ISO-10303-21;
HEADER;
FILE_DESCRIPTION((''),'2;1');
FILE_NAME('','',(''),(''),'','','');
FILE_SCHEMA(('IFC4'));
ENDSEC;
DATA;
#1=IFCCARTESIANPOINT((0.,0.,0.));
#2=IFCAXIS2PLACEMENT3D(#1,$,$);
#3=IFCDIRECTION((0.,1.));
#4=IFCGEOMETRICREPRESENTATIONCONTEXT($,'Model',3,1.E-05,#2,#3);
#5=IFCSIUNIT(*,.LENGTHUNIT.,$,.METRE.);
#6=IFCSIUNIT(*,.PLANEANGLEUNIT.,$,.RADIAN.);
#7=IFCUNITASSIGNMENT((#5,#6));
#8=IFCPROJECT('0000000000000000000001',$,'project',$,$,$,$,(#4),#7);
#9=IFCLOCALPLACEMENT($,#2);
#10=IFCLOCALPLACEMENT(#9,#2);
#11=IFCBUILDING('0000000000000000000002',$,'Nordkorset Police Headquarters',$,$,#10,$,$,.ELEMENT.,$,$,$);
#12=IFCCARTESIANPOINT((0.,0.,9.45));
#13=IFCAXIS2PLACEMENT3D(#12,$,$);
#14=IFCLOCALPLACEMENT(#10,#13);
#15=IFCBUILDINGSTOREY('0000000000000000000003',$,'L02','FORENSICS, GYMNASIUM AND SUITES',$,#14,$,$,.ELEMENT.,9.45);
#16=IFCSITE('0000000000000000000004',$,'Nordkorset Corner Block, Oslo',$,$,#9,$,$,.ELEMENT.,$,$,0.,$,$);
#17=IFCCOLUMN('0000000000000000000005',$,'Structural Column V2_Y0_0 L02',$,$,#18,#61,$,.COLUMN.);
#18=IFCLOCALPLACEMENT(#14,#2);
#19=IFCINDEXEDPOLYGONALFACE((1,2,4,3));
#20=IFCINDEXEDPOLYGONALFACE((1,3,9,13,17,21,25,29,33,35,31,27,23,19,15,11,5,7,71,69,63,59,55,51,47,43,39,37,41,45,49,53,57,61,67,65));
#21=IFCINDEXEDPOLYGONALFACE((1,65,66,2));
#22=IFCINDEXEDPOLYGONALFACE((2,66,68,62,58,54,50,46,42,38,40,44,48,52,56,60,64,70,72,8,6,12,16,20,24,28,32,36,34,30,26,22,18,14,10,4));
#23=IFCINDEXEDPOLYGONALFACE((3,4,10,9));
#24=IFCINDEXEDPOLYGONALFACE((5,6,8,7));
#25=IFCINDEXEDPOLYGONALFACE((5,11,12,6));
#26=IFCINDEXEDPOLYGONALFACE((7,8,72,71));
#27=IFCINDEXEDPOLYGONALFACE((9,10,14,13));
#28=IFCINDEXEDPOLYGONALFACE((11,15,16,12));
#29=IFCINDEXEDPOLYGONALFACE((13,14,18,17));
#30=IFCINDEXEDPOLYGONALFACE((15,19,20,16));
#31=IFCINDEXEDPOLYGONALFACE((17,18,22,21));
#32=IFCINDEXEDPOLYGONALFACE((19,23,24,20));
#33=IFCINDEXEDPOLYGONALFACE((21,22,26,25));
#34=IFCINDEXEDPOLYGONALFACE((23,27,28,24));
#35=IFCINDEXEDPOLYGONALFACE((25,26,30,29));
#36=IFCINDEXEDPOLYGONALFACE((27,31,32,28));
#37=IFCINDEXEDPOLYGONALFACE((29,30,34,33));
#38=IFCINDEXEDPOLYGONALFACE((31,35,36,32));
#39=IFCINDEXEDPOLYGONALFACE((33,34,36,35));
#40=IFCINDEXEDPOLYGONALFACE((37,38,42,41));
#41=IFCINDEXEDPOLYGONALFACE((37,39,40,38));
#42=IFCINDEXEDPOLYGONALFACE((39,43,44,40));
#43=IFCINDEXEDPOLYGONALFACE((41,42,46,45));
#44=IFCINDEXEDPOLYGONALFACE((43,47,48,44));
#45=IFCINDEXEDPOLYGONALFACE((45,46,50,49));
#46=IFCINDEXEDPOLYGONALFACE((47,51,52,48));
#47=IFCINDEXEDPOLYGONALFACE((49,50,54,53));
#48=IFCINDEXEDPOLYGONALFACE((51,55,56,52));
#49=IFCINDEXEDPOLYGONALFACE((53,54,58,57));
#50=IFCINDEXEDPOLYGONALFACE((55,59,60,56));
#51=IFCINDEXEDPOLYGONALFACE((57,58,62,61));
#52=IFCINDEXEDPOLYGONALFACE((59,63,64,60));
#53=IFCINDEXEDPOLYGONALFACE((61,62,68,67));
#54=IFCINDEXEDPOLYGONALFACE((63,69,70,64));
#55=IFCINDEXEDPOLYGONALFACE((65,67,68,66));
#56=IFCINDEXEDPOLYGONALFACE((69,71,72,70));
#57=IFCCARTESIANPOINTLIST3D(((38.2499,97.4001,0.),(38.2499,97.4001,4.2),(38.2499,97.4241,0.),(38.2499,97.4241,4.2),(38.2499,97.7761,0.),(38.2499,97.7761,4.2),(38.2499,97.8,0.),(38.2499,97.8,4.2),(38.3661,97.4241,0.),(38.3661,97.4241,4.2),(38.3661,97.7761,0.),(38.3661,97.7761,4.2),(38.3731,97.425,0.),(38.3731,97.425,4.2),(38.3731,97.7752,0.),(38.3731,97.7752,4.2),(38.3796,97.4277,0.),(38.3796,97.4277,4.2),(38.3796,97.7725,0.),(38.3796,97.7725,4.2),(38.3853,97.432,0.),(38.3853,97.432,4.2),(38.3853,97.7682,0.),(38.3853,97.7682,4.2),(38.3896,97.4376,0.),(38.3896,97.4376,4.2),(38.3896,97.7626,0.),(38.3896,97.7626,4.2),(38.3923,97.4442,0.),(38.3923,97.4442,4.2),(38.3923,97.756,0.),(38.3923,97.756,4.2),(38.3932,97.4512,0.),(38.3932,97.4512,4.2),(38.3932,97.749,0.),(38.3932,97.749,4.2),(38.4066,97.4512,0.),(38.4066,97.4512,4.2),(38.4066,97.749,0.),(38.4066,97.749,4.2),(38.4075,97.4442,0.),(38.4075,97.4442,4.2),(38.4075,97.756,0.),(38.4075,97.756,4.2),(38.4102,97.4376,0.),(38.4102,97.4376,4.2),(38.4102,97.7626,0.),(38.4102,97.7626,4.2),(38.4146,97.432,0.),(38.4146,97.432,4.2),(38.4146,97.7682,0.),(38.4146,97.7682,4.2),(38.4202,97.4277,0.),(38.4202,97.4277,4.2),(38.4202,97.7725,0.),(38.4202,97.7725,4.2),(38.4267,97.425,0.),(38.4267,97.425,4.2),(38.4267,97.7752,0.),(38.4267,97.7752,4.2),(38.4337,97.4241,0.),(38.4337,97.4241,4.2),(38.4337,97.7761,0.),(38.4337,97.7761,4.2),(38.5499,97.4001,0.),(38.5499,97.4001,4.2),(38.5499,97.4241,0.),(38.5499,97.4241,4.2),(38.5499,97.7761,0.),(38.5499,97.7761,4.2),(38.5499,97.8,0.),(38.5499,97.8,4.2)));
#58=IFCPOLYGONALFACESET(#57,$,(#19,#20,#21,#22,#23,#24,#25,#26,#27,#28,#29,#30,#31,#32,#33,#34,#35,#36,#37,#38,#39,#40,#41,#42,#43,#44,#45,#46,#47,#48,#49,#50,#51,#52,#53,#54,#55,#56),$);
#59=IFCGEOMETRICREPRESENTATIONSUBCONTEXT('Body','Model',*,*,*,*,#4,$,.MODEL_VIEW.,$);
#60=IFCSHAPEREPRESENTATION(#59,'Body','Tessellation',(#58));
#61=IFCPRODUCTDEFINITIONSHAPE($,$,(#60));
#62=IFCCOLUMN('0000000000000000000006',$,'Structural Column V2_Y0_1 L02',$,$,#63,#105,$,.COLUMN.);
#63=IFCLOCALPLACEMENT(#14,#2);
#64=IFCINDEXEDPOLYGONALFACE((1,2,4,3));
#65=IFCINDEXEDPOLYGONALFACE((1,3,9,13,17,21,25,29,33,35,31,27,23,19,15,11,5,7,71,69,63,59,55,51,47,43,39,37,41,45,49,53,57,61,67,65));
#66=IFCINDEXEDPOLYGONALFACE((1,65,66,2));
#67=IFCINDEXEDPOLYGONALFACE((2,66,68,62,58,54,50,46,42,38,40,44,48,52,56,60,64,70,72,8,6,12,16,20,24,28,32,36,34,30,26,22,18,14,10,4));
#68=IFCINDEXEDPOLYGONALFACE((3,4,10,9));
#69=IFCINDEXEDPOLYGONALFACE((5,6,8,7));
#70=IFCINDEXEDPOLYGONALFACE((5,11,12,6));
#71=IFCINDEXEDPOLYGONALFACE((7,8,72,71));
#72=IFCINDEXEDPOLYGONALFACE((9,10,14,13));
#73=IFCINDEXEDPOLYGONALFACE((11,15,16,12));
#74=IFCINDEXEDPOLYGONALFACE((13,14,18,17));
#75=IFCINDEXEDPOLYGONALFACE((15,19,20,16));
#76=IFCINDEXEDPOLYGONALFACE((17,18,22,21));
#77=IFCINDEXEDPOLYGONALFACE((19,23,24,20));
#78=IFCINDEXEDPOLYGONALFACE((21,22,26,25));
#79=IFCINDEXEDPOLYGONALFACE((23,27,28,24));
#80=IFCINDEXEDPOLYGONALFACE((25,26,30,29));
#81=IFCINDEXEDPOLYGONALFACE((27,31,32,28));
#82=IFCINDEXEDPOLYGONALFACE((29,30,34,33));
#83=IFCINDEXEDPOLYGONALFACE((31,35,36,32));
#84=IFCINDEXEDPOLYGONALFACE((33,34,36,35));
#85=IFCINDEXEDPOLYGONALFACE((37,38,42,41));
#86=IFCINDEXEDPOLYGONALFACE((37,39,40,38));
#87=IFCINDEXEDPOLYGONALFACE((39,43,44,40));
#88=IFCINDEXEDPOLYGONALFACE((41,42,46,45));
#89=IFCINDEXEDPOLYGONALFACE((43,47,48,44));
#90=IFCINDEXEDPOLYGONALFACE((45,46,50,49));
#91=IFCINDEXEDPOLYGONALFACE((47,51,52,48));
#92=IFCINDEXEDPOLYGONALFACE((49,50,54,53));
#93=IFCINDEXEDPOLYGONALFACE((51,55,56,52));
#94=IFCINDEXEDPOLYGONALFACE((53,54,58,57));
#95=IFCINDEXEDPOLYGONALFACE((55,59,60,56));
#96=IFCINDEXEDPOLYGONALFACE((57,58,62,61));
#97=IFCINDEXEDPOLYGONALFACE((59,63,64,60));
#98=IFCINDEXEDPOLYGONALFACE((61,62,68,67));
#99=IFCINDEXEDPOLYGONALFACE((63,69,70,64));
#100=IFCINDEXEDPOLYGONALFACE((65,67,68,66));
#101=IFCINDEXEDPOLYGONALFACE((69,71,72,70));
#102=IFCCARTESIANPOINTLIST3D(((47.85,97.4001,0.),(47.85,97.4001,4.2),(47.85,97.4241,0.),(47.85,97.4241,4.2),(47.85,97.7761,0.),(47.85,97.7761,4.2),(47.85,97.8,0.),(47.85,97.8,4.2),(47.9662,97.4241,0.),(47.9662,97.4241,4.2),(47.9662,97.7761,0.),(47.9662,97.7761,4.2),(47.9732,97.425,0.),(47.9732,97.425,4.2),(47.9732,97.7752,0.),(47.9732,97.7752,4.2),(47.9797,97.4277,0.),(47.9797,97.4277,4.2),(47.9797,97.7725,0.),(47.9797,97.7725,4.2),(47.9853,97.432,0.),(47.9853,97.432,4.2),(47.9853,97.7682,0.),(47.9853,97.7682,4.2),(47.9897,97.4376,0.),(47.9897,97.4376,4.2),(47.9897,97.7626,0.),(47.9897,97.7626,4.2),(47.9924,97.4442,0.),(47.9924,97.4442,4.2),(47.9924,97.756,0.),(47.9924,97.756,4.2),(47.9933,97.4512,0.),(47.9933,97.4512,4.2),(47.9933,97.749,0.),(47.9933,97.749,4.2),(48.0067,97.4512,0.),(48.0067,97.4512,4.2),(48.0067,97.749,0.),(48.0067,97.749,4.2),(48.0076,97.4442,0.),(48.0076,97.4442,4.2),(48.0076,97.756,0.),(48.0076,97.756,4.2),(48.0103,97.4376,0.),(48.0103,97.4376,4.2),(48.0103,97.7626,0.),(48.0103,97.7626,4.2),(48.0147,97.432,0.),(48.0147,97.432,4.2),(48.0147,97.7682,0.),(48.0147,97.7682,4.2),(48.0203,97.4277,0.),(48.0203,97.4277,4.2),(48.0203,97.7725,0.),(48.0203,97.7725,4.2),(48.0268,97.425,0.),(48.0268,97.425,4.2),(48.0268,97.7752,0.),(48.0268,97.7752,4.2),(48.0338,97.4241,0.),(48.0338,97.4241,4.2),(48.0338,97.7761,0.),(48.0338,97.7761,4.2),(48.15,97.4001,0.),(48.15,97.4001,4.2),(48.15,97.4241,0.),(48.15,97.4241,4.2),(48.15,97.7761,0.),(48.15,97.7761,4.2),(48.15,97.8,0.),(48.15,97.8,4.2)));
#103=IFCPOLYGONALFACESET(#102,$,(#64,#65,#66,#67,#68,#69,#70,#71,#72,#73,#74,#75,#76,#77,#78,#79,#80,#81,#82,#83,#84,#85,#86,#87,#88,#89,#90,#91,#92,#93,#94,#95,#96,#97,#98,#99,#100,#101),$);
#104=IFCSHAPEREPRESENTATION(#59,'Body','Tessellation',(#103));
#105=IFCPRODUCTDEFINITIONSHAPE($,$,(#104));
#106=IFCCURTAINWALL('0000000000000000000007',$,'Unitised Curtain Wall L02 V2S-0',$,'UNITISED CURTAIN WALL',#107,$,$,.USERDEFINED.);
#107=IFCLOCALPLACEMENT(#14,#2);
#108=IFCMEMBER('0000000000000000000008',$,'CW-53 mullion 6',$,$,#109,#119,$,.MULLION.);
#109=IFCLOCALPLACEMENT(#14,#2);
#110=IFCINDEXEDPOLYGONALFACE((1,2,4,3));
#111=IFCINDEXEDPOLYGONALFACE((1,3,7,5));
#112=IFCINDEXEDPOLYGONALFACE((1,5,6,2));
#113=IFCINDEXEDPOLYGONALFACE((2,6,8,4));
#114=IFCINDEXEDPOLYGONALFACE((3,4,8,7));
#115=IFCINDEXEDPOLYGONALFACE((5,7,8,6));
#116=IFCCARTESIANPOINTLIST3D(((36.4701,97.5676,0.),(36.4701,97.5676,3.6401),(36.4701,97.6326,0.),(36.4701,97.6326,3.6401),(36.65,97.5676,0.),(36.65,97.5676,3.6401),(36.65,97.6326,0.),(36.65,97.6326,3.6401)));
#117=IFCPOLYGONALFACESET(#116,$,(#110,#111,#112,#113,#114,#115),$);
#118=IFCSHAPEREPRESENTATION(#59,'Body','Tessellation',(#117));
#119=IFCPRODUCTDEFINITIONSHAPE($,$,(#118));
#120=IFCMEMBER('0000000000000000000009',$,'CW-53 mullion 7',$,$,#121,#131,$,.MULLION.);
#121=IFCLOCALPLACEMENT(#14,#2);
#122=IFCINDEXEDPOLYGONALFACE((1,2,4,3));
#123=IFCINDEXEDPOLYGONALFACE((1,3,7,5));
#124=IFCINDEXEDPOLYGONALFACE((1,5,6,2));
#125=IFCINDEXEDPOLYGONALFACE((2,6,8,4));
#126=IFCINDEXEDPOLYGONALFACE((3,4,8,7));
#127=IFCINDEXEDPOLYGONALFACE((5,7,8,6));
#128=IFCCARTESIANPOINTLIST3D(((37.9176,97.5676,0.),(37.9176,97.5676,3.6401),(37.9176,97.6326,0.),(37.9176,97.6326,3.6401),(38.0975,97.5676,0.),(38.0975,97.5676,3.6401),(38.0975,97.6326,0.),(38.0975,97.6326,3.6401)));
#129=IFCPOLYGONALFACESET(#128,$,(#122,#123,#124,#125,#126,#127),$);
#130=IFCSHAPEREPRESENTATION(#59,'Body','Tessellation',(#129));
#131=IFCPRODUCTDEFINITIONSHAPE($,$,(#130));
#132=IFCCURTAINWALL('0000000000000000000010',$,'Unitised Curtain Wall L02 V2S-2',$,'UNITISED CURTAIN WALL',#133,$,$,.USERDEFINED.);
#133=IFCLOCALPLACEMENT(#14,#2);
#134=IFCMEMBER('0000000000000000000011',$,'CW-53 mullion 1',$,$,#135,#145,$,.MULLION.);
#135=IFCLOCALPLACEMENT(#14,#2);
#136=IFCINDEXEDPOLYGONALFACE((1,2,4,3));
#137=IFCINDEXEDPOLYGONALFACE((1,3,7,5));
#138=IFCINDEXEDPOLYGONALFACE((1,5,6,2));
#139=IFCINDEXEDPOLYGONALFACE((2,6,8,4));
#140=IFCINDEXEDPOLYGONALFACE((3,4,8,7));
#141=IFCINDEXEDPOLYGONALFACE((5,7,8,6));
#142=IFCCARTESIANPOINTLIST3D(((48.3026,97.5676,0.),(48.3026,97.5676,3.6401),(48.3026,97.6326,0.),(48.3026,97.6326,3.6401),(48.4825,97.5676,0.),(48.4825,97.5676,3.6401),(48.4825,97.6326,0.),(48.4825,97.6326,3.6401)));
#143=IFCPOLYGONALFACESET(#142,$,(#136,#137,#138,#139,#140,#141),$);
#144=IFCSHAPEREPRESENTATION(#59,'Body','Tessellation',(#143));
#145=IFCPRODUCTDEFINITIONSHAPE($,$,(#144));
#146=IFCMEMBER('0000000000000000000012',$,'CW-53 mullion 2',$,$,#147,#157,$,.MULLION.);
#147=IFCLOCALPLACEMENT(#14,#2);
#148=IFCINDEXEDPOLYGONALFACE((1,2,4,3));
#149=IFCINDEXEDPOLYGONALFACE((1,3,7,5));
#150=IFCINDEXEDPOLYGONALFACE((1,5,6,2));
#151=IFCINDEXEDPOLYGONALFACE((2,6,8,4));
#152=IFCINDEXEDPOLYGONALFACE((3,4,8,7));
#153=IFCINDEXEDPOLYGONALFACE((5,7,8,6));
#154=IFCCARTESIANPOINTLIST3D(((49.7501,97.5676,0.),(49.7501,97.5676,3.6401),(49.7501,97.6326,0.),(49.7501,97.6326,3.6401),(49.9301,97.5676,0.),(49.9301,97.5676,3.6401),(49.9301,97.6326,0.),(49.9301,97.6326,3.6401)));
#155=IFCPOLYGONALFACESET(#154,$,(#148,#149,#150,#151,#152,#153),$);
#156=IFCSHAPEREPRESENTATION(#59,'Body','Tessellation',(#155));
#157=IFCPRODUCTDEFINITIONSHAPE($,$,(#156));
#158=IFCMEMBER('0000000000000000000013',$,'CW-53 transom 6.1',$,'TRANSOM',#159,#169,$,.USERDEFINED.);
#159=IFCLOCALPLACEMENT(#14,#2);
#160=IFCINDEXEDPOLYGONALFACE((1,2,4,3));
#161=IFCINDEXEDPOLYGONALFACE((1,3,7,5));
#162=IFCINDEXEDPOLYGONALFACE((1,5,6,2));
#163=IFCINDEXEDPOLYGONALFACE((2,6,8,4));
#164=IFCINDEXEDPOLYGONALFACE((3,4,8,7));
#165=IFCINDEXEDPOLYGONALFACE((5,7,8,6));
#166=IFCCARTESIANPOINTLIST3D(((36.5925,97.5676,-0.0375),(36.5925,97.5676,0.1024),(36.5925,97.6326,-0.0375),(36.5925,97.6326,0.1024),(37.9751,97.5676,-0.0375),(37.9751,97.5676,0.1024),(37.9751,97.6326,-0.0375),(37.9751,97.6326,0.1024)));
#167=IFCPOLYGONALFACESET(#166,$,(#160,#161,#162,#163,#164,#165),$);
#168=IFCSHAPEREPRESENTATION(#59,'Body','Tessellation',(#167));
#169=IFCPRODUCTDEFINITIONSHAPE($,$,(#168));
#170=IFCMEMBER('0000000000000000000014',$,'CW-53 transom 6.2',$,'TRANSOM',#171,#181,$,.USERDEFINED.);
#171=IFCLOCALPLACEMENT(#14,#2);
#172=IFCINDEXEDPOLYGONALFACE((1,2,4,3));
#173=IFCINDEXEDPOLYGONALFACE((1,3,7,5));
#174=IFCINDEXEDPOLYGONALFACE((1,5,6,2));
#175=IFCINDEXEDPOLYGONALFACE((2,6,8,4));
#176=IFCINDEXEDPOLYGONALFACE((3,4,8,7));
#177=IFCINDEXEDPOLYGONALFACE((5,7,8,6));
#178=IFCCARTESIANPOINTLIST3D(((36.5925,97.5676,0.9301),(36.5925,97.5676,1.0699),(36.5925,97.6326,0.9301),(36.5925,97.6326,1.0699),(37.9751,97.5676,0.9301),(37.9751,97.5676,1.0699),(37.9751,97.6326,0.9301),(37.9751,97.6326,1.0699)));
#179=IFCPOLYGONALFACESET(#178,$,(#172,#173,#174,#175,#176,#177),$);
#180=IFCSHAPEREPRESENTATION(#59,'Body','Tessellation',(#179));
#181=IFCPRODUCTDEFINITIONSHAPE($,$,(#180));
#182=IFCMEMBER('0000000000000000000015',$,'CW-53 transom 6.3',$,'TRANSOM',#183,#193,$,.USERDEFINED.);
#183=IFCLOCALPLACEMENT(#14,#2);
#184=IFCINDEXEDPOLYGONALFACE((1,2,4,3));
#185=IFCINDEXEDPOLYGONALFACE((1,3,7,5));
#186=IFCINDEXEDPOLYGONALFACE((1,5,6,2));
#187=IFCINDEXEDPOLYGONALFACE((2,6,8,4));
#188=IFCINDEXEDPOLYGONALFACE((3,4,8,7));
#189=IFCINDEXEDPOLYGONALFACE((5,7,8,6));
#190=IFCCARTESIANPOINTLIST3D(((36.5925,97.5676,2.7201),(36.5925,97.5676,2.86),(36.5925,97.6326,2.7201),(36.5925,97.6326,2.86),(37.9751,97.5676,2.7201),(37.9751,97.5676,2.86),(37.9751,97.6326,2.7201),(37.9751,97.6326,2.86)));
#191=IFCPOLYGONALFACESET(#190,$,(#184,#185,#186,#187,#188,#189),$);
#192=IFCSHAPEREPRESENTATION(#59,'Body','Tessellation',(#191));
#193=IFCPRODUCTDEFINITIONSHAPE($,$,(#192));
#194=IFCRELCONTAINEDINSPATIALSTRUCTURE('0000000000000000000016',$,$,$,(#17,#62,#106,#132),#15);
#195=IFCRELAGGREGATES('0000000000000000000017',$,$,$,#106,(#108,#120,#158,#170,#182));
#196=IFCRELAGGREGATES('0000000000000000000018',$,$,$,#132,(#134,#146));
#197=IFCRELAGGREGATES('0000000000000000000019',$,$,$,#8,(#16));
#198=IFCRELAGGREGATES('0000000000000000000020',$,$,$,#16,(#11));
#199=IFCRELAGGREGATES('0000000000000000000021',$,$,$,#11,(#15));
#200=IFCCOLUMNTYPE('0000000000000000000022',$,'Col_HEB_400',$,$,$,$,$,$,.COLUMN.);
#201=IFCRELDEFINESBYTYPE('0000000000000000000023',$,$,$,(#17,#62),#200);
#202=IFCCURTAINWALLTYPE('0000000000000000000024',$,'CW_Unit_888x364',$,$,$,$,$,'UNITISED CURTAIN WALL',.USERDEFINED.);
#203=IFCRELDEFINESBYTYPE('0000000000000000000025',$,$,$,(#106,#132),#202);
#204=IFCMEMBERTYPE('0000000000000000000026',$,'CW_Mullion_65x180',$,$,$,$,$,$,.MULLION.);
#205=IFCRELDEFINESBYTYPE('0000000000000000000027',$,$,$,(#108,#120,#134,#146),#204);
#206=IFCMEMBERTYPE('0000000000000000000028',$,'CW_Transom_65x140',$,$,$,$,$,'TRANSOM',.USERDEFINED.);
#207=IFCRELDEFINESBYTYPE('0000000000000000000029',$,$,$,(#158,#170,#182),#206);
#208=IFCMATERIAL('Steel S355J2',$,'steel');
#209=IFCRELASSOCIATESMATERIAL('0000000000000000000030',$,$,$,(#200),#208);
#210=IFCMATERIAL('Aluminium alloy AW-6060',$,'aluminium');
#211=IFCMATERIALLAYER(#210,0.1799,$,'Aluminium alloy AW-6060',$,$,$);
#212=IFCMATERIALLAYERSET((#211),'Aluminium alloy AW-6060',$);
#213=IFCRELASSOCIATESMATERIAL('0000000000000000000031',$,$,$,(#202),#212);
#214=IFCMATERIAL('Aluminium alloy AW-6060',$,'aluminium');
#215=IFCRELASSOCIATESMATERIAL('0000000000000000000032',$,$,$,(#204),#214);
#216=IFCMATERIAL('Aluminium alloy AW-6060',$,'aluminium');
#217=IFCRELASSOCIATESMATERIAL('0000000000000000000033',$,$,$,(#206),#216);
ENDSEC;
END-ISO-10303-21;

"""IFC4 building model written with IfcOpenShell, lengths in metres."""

from ifc_helpers import new_model, si_unit, direction, frame, origin, origin_2d, place, context, subcontext, project, spatial, rectangle, i_section, extrude, material, layer, layer_set, material_profile, profile_set, type_object, element, aggregate, save


model = new_model("IFC4")

# Units and contexts
model_context = context("Model", 3, precision=1e-05, world=origin(), true_north=direction((0.0, 1.0)))
body_context = subcontext(model_context, "Body", "Model", "MODEL_VIEW")
ifc_project = project(units=[si_unit("LENGTHUNIT", "METRE"), si_unit("PLANEANGLEUNIT", "RADIAN")], contexts=[model_context])

# Site, building, storey
site_placement = place(None, origin())
site = spatial("IfcSite", under=ifc_project, at=site_placement, Name="Nordkorset Corner Block, Oslo", CompositionType="ELEMENT", RefElevation=0.0)
building_placement = place(site_placement, origin())
building = spatial("IfcBuilding", under=site, at=building_placement, Name="Nordkorset Police Headquarters", CompositionType="ELEMENT")
storey_placement = place(building_placement, frame((0.0, 0.0, 9.45)))
storey = spatial("IfcBuildingStorey", under=building, at=storey_placement, Name="L02", Description="FORENSICS, GYMNASIUM AND SUITES", CompositionType="ELEMENT", Elevation=9.45)

# Columns
ifc_material_1 = material(Name="Steel S355J2", Category="steel")
ifc_material_profile_1 = material_profile(ifc_material_1, i_section(OverallWidth=0.3, OverallDepth=0.3999, WebThickness=0.0134, FlangeThickness=0.0239, FilletRadius=0.0271, at=origin_2d()), Name="HEB 400")
ifc_profile_set_1 = profile_set([ifc_material_profile_1], Name="Steel S355J2")
column_type = type_object("IfcColumnType", Name="Col_HEB_400", PredefinedType="COLUMN", material=ifc_profile_set_1)
for number, where, z_axis, x_axis, name in (
    (1, (38.3999, 97.6001, 0.0), (0.0, 0.0, 1.0), (1.0, 0.0, 0.0), "Structural Column V2_Y0_0 L02"),
    (2, (48.0, 97.6001, 0.0), (0.0, 0.0, 1.0), (1.0, 0.0, 0.0), "Structural Column V2_Y0_1 L02"),
):
    element("IfcColumn", number, at=place(storey_placement, frame(where, z_axis=z_axis, x_axis=x_axis)), inside=storey, type_object=column_type, Name=name, PredefinedType="COLUMN", context=body_context, shape_type="SweptSolid", body=[
        extrude(i_section(OverallWidth=0.3, OverallDepth=0.3999, WebThickness=0.0134, FlangeThickness=0.0239, FilletRadius=0.0271, at=origin_2d()), origin(), (0.0, 0.0, 1.0), 4.2),
    ])

# Curtain walls, members
ifc_material_2 = material(Name="Aluminium alloy AW-6060", Category="aluminium")
ifc_layer_1 = layer(ifc_material_2, 0.1799, Name="Aluminium alloy AW-6060")
ifc_layer_set_1 = layer_set([ifc_layer_1], Name="Aluminium alloy AW-6060")
curtain_wall_type = type_object("IfcCurtainWallType", Name="CW_Unit_888x364", ElementType="UNITISED CURTAIN WALL", PredefinedType="USERDEFINED", material=ifc_layer_set_1)
curtain_wall_1_placement = place(storey_placement, origin())
curtain_wall_1 = element("IfcCurtainWall", 3, at=curtain_wall_1_placement, inside=storey, type_object=curtain_wall_type, Name="Unitised Curtain Wall L02 V2S-0", ObjectType="UNITISED CURTAIN WALL", PredefinedType="USERDEFINED")
ifc_material_3 = material(Name="Aluminium alloy AW-6060", Category="aluminium")
ifc_material_profile_2 = material_profile(ifc_material_3, rectangle(XDim=0.0649, YDim=0.1799, at=origin_2d()), Name="ALU MULL 65x180")
ifc_profile_set_2 = profile_set([ifc_material_profile_2], Name="Aluminium alloy AW-6060")
member_type_1 = type_object("IfcMemberType", Name="CW_Mullion_65x180", PredefinedType="MULLION", material=ifc_profile_set_2)
member_1_placement = place(storey_placement, frame((36.5601, 97.6001, 0.0), z_axis=(0.0, 0.0, 1.0), x_axis=(0.0, 1.0, 0.0)))
member_1 = element("IfcMember", 4, at=member_1_placement, type_object=member_type_1, Name="CW-53 mullion 6", PredefinedType="MULLION", context=body_context, shape_type="SweptSolid", body=[
    extrude(rectangle(XDim=0.0649, YDim=0.1799, at=origin_2d()), origin(), (0.0, 0.0, 1.0), 3.6401),
])
member_2_placement = place(storey_placement, frame((38.0076, 97.6001, 0.0), z_axis=(0.0, 0.0, 1.0), x_axis=(0.0, 1.0, 0.0)))
member_2 = element("IfcMember", 5, at=member_2_placement, type_object=member_type_1, Name="CW-53 mullion 7", PredefinedType="MULLION", context=body_context, shape_type="SweptSolid", body=[
    extrude(rectangle(XDim=0.0649, YDim=0.1799, at=origin_2d()), origin(), (0.0, 0.0, 1.0), 3.6401),
])
curtain_wall_2_placement = place(storey_placement, origin())
curtain_wall_2 = element("IfcCurtainWall", 6, at=curtain_wall_2_placement, inside=storey, type_object=curtain_wall_type, Name="Unitised Curtain Wall L02 V2S-2", ObjectType="UNITISED CURTAIN WALL", PredefinedType="USERDEFINED")
member_3_placement = place(storey_placement, frame((48.3926, 97.6001, 0.0), z_axis=(0.0, 0.0, 1.0), x_axis=(0.0, 1.0, 0.0)))
member_3 = element("IfcMember", 7, at=member_3_placement, type_object=member_type_1, Name="CW-53 mullion 1", PredefinedType="MULLION", context=body_context, shape_type="SweptSolid", body=[
    extrude(rectangle(XDim=0.0649, YDim=0.1799, at=origin_2d()), origin(), (0.0, 0.0, 1.0), 3.6401),
])
member_4_placement = place(storey_placement, frame((49.8401, 97.6001, 0.0), z_axis=(0.0, 0.0, 1.0), x_axis=(0.0, 1.0, 0.0)))
member_4 = element("IfcMember", 8, at=member_4_placement, type_object=member_type_1, Name="CW-53 mullion 2", PredefinedType="MULLION", context=body_context, shape_type="SweptSolid", body=[
    extrude(rectangle(XDim=0.0649, YDim=0.1799, at=origin_2d()), origin(), (0.0, 0.0, 1.0), 3.6401),
])

# Members
ifc_material_4 = material(Name="Aluminium alloy AW-6060", Category="aluminium")
ifc_material_profile_3 = material_profile(ifc_material_4, rectangle(XDim=0.0649, YDim=0.1399, at=origin_2d()), Name="ALU TRAN 65x140")
ifc_profile_set_3 = profile_set([ifc_material_profile_3], Name="Aluminium alloy AW-6060")
member_type_2 = type_object("IfcMemberType", Name="CW_Transom_65x140", ElementType="TRANSOM", PredefinedType="USERDEFINED", material=ifc_profile_set_3)
member_5_placement = place(storey_placement, frame((36.5925, 97.6001, 0.0325), z_axis=(1.0, 0.0, 0.0), x_axis=(0.0, 1.0, 0.0)))
member_5 = element("IfcMember", 9, at=member_5_placement, type_object=member_type_2, Name="CW-53 transom 6.1", ObjectType="TRANSOM", PredefinedType="USERDEFINED", context=body_context, shape_type="SweptSolid", body=[
    extrude(rectangle(XDim=0.0649, YDim=0.1399, at=origin_2d()), origin(), (0.0, 0.0, 1.0), 1.3826),
])
member_6_placement = place(storey_placement, frame((36.5925, 97.6001, 1.0), z_axis=(1.0, 0.0, 0.0), x_axis=(0.0, 1.0, 0.0)))
member_6 = element("IfcMember", 10, at=member_6_placement, type_object=member_type_2, Name="CW-53 transom 6.2", ObjectType="TRANSOM", PredefinedType="USERDEFINED", context=body_context, shape_type="SweptSolid", body=[
    extrude(rectangle(XDim=0.0649, YDim=0.1399, at=origin_2d()), origin(), (0.0, 0.0, 1.0), 1.3826),
])
member_7_placement = place(storey_placement, frame((36.5925, 97.6001, 2.79), z_axis=(1.0, 0.0, 0.0), x_axis=(0.0, 1.0, 0.0)))
member_7 = element("IfcMember", 11, at=member_7_placement, type_object=member_type_2, Name="CW-53 transom 6.3", ObjectType="TRANSOM", PredefinedType="USERDEFINED", context=body_context, shape_type="SweptSolid", body=[
    extrude(rectangle(XDim=0.0649, YDim=0.1399, at=origin_2d()), origin(), (0.0, 0.0, 1.0), 1.3826),
])

aggregate(curtain_wall_1, [member_1, member_2, member_5, member_6, member_7])
aggregate(curtain_wall_2, [member_3, member_4])

save(model, "model.ifc")
